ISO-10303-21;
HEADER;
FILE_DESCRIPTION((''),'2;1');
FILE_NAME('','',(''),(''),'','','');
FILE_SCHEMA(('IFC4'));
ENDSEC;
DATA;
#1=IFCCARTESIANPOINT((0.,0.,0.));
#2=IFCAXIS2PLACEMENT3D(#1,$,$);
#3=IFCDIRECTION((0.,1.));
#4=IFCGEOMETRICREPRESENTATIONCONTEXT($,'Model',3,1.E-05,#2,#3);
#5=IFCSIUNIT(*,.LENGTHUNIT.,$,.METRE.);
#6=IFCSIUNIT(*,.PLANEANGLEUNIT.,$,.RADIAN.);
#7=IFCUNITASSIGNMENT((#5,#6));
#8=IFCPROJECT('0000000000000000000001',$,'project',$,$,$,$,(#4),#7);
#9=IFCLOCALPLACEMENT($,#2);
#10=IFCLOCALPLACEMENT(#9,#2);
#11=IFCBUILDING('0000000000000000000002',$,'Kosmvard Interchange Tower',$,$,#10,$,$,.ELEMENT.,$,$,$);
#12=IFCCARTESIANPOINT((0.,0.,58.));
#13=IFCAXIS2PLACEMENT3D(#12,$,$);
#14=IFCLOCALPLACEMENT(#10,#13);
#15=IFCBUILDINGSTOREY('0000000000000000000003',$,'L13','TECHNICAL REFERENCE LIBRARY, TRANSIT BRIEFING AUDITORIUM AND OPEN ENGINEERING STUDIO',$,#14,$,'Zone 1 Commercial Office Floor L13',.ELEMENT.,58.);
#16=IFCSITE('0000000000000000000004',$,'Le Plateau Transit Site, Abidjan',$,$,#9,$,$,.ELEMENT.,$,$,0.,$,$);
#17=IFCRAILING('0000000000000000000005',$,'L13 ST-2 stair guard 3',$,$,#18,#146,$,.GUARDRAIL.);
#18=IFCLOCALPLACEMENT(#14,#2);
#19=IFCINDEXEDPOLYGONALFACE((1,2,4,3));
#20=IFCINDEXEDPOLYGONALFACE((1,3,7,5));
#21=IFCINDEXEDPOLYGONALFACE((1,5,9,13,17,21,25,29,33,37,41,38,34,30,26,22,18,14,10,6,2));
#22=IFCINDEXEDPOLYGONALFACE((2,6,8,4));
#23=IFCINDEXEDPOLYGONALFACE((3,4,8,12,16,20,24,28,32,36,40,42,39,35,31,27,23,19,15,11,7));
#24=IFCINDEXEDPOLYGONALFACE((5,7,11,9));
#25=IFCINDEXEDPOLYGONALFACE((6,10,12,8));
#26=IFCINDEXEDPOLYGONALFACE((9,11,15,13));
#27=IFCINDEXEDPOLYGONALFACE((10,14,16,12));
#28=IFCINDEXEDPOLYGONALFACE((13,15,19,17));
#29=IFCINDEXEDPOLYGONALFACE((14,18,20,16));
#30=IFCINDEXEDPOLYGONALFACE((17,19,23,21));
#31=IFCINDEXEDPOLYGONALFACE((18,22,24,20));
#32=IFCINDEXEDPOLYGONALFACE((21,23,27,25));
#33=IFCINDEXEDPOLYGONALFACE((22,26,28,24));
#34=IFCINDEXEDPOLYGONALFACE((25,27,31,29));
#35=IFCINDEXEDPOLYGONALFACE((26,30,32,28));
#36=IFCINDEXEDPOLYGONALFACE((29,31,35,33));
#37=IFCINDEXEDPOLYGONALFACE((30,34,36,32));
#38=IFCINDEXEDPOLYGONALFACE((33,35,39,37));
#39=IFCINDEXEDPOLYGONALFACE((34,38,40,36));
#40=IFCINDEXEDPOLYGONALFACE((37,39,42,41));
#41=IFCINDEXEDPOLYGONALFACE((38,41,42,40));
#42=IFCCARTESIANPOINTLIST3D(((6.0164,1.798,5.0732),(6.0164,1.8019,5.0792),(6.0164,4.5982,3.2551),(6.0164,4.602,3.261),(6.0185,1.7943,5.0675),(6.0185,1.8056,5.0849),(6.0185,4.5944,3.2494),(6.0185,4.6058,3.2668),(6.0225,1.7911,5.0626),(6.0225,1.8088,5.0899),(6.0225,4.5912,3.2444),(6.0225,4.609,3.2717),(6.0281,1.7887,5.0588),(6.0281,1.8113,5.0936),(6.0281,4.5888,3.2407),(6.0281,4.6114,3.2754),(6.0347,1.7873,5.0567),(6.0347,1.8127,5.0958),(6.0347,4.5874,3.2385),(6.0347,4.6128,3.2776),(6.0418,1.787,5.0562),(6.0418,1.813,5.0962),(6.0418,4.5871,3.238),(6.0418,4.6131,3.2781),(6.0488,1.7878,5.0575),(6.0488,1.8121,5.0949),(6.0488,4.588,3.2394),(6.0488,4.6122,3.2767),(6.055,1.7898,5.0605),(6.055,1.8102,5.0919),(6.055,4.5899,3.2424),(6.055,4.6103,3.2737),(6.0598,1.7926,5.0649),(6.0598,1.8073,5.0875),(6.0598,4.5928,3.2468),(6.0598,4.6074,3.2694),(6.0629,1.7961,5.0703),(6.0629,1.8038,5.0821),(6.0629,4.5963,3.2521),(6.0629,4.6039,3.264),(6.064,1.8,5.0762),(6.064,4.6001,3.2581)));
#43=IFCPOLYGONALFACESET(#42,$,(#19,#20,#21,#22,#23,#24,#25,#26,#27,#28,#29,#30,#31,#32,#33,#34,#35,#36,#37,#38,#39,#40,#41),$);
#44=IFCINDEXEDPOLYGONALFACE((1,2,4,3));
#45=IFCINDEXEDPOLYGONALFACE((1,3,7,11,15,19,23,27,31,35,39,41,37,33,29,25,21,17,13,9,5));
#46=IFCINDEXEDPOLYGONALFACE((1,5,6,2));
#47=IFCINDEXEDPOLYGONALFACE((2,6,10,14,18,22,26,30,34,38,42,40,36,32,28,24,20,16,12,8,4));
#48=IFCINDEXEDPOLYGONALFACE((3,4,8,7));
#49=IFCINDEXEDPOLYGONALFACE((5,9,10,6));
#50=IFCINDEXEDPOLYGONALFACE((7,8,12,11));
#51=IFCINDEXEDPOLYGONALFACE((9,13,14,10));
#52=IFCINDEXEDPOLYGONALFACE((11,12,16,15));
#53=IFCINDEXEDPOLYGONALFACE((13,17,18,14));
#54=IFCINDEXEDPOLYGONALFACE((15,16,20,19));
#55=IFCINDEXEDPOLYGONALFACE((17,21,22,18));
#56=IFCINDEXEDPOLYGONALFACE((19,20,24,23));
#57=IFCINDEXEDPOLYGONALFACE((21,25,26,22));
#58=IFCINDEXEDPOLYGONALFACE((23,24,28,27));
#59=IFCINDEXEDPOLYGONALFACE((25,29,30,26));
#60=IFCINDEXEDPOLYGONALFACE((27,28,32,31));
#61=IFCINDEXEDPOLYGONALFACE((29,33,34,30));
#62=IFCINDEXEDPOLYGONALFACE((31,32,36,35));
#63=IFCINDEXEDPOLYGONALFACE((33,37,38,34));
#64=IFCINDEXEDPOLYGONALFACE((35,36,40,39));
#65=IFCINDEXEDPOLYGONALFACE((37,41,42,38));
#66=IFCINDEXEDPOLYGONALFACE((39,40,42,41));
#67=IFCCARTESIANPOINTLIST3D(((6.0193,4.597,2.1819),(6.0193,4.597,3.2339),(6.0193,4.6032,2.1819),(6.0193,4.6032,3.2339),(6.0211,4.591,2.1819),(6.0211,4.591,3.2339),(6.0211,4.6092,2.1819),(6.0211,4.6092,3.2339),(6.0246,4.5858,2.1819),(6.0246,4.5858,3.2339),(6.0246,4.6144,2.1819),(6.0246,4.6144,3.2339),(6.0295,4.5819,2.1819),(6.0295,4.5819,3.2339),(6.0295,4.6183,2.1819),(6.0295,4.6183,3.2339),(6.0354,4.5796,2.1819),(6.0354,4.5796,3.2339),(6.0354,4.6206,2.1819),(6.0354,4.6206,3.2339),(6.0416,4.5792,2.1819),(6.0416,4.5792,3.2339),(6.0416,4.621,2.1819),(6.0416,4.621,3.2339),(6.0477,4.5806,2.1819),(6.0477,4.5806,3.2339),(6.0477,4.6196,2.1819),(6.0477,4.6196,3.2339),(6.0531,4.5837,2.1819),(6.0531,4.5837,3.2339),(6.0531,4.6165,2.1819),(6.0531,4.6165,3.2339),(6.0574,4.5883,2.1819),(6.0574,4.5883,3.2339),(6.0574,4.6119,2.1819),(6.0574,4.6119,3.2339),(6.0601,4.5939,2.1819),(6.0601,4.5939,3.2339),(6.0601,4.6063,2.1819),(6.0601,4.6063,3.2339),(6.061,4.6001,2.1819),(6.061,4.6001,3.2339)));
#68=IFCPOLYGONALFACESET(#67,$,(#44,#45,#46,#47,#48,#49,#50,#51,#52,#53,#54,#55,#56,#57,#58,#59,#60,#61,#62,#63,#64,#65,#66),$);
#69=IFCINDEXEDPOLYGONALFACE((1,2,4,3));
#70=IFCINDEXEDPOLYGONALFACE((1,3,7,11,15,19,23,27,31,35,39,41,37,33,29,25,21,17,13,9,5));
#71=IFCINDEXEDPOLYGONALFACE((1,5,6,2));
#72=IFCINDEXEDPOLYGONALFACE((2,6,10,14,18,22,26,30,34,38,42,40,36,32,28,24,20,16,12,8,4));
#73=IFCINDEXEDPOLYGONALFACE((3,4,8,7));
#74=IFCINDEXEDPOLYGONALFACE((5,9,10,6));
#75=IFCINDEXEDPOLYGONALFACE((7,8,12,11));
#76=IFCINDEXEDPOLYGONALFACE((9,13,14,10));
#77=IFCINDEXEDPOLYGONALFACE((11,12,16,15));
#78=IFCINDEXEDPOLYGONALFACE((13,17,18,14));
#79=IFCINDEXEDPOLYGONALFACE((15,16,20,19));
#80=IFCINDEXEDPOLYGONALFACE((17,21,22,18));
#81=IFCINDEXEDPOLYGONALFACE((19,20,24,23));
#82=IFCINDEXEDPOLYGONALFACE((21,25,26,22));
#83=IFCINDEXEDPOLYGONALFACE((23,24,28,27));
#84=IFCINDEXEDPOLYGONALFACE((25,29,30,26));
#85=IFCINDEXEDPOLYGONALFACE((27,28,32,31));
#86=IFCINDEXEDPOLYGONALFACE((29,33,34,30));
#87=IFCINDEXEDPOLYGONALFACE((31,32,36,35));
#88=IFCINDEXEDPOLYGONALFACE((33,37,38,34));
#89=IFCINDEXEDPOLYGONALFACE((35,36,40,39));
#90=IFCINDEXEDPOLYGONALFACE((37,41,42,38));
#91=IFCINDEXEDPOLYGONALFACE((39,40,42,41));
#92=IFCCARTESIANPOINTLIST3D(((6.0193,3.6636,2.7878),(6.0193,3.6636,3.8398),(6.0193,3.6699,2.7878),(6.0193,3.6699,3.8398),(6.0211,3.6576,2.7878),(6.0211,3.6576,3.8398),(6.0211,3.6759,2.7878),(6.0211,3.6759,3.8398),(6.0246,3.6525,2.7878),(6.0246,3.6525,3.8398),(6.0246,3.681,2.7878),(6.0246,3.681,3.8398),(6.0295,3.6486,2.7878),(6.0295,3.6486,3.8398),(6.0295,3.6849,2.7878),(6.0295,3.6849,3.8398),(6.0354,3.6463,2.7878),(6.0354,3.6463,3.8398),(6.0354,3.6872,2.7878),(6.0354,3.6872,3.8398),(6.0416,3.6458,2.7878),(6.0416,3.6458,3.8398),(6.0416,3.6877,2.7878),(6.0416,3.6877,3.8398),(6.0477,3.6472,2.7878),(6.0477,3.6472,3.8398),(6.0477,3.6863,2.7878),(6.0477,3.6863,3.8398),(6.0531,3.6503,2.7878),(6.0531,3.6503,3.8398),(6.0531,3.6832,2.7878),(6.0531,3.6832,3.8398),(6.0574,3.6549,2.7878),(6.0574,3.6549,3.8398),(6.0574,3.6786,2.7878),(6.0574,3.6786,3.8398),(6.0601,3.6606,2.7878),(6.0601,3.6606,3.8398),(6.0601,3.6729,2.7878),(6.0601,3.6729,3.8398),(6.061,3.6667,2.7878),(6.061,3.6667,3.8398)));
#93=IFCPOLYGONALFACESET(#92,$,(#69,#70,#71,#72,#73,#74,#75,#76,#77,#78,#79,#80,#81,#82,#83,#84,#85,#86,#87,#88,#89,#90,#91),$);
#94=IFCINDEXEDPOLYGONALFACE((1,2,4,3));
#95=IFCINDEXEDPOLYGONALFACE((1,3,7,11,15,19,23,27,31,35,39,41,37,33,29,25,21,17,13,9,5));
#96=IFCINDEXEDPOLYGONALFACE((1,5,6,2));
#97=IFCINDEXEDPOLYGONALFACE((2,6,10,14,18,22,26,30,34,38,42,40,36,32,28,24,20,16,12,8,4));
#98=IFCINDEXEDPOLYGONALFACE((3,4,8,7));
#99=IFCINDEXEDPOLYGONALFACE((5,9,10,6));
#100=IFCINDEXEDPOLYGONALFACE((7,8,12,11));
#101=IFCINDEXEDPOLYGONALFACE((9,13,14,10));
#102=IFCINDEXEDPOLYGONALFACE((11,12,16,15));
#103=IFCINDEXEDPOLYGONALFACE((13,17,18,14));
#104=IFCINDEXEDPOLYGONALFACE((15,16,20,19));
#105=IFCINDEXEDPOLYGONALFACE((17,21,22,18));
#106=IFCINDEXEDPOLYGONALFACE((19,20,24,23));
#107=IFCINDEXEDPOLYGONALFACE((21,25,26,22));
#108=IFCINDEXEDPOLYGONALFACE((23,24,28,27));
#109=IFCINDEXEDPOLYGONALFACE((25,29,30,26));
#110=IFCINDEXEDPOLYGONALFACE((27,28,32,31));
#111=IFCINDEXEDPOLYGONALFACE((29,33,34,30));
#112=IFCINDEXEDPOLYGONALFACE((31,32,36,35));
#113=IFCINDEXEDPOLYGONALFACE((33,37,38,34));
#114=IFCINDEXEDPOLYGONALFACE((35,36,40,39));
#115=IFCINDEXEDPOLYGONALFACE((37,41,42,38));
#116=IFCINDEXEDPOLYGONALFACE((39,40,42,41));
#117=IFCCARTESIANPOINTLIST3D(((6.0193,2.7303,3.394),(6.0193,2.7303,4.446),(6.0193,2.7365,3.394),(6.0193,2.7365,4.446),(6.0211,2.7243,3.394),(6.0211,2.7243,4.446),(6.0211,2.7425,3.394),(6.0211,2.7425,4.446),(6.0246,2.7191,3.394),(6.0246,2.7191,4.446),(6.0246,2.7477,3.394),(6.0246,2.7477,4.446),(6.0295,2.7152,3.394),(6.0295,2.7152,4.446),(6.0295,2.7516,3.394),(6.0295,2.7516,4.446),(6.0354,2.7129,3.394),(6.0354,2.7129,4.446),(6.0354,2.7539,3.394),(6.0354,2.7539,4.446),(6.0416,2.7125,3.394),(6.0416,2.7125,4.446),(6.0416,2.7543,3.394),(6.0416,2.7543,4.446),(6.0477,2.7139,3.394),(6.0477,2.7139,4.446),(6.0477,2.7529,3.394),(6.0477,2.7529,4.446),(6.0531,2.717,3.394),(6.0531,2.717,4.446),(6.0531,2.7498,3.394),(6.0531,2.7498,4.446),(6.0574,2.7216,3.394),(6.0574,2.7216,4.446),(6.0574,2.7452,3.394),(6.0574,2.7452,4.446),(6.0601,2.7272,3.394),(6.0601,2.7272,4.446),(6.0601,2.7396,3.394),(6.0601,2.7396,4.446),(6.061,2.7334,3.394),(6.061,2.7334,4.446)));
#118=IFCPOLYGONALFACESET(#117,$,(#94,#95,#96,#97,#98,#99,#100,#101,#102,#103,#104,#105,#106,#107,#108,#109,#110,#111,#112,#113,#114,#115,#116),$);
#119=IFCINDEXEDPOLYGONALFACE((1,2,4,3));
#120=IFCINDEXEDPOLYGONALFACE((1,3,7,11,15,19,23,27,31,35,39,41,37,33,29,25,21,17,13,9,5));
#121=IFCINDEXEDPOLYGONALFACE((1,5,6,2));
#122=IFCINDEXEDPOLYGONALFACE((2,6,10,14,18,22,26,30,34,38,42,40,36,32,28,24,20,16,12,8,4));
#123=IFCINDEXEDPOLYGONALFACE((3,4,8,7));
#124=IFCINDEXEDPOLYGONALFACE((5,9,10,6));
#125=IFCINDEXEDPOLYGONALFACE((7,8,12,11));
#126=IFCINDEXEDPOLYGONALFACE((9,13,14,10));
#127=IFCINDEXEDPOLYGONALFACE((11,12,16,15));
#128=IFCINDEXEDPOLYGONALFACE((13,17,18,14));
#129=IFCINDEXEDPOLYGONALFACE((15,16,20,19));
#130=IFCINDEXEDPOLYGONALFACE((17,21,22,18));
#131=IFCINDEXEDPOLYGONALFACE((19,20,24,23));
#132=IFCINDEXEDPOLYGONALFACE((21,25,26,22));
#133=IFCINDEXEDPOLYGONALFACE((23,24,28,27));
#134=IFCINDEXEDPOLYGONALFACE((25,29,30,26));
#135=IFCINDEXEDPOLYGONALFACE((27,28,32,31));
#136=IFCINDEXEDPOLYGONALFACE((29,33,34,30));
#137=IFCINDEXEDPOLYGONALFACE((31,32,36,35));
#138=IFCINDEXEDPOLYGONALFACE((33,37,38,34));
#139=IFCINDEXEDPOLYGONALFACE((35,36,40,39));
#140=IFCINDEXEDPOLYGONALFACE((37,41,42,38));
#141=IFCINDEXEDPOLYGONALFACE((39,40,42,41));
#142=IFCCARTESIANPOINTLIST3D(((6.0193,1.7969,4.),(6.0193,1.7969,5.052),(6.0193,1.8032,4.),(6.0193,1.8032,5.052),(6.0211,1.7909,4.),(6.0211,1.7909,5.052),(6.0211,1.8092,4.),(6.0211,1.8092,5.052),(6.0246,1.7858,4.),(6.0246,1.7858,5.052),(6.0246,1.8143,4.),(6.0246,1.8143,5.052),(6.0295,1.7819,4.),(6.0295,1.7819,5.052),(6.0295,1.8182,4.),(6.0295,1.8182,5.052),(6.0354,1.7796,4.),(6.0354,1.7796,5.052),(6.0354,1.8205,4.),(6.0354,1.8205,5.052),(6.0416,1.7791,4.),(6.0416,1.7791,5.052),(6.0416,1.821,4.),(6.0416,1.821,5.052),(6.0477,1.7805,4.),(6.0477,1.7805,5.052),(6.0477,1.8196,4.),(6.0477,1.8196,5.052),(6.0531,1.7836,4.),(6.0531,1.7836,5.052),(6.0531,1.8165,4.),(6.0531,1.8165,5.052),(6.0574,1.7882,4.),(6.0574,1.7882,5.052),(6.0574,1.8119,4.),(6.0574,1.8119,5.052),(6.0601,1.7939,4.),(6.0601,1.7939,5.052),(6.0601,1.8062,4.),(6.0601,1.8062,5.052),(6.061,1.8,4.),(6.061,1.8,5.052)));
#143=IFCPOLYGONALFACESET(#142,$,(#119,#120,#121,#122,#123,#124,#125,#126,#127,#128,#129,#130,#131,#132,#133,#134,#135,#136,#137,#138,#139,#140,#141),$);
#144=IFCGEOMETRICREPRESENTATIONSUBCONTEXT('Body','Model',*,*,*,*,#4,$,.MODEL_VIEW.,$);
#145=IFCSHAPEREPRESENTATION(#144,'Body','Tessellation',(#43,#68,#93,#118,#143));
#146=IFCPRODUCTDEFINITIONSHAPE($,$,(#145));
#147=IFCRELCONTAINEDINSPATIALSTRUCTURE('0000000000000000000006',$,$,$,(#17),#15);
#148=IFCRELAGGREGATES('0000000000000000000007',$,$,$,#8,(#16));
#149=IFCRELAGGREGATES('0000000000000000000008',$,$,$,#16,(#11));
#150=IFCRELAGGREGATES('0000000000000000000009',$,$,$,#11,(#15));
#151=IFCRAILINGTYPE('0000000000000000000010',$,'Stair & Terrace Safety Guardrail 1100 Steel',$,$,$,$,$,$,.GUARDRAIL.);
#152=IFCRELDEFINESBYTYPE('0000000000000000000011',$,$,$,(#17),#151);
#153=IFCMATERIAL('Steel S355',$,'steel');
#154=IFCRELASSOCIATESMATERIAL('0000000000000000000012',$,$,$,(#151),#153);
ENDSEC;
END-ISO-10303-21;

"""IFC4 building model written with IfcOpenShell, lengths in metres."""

from ifc_helpers import new_model, si_unit, direction, frame, origin, origin_2d, place, context, subcontext, project, spatial, circle, extrude, source, transform, mapped, material, type_object, element, save


model = new_model("IFC4")

# Units and contexts
model_context = context("Model", 3, precision=1e-05, world=origin(), true_north=direction((0.0, 1.0)))
body_context = subcontext(model_context, "Body", "Model", "MODEL_VIEW")
ifc_project = project(units=[si_unit("LENGTHUNIT", "METRE"), si_unit("PLANEANGLEUNIT", "RADIAN")], contexts=[model_context])

# Site, building, storey
site_placement = place(None, origin())
site = spatial("IfcSite", under=ifc_project, at=site_placement, Name="Le Plateau Transit Site, Abidjan", CompositionType="ELEMENT", RefElevation=0.0)
building_placement = place(site_placement, origin())
building = spatial("IfcBuilding", under=site, at=building_placement, Name="Kosmvard Interchange Tower", CompositionType="ELEMENT")
storey_placement = place(building_placement, frame((0.0, 0.0, 58.0)))
storey = spatial("IfcBuildingStorey", under=building, at=storey_placement, Name="L13", Description="TECHNICAL REFERENCE LIBRARY, TRANSIT BRIEFING AUDITORIUM AND OPEN ENGINEERING STUDIO", LongName="Zone 1 Commercial Office Floor L13", CompositionType="ELEMENT", Elevation=58.0)

# Shared definitions
ifc_material_1 = material(Name="Steel S355", Category="steel")

# Railing
railing_type_1 = type_object("IfcRailingType", Name="Stair & Terrace Safety Guardrail 1100 Steel", PredefinedType="GUARDRAIL", material=ifc_material_1)
shared_shape_1 = source(origin(), body_context, "Body", "SweptSolid", [
    extrude(circle(Radius=0.0239, at=origin_2d()), frame((0.0, 0.0, 1.0762), z_axis=(0.0, -0.838706, 0.544585), x_axis=(1.0, 0.0, 0.0)), (0.0, 0.0, 1.0), 3.3386),
    extrude(circle(Radius=0.021, at=origin_2d()), origin(), (0.0, 0.0, 1.0), 1.052),
    extrude(circle(Radius=0.021, at=origin_2d()), frame((0.0, -0.9333, 0.606)), (0.0, 0.0, 1.0), 1.052),
    extrude(circle(Radius=0.021, at=origin_2d()), frame((0.0, -1.8667, 1.2122)), (0.0, 0.0, 1.0), 1.052),
    extrude(circle(Radius=0.021, at=origin_2d()), frame((0.0, -2.8, 1.8181)), (0.0, 0.0, 1.0), 1.052),
])
railing_1_placement = place(storey_placement, frame((6.04, 4.6001, 2.1819)))
element("IfcRailing", 1, at=railing_1_placement, inside=storey, type_object=railing_type_1, Name="L13 ST-2 stair guard 3", PredefinedType="GUARDRAIL", context=body_context, shape_type="MappedRepresentation", body=[
    mapped(shared_shape_1, transform((0.0, 0.0, 0.0), scale=1.0)),
])

save(model, "model.ifc")
